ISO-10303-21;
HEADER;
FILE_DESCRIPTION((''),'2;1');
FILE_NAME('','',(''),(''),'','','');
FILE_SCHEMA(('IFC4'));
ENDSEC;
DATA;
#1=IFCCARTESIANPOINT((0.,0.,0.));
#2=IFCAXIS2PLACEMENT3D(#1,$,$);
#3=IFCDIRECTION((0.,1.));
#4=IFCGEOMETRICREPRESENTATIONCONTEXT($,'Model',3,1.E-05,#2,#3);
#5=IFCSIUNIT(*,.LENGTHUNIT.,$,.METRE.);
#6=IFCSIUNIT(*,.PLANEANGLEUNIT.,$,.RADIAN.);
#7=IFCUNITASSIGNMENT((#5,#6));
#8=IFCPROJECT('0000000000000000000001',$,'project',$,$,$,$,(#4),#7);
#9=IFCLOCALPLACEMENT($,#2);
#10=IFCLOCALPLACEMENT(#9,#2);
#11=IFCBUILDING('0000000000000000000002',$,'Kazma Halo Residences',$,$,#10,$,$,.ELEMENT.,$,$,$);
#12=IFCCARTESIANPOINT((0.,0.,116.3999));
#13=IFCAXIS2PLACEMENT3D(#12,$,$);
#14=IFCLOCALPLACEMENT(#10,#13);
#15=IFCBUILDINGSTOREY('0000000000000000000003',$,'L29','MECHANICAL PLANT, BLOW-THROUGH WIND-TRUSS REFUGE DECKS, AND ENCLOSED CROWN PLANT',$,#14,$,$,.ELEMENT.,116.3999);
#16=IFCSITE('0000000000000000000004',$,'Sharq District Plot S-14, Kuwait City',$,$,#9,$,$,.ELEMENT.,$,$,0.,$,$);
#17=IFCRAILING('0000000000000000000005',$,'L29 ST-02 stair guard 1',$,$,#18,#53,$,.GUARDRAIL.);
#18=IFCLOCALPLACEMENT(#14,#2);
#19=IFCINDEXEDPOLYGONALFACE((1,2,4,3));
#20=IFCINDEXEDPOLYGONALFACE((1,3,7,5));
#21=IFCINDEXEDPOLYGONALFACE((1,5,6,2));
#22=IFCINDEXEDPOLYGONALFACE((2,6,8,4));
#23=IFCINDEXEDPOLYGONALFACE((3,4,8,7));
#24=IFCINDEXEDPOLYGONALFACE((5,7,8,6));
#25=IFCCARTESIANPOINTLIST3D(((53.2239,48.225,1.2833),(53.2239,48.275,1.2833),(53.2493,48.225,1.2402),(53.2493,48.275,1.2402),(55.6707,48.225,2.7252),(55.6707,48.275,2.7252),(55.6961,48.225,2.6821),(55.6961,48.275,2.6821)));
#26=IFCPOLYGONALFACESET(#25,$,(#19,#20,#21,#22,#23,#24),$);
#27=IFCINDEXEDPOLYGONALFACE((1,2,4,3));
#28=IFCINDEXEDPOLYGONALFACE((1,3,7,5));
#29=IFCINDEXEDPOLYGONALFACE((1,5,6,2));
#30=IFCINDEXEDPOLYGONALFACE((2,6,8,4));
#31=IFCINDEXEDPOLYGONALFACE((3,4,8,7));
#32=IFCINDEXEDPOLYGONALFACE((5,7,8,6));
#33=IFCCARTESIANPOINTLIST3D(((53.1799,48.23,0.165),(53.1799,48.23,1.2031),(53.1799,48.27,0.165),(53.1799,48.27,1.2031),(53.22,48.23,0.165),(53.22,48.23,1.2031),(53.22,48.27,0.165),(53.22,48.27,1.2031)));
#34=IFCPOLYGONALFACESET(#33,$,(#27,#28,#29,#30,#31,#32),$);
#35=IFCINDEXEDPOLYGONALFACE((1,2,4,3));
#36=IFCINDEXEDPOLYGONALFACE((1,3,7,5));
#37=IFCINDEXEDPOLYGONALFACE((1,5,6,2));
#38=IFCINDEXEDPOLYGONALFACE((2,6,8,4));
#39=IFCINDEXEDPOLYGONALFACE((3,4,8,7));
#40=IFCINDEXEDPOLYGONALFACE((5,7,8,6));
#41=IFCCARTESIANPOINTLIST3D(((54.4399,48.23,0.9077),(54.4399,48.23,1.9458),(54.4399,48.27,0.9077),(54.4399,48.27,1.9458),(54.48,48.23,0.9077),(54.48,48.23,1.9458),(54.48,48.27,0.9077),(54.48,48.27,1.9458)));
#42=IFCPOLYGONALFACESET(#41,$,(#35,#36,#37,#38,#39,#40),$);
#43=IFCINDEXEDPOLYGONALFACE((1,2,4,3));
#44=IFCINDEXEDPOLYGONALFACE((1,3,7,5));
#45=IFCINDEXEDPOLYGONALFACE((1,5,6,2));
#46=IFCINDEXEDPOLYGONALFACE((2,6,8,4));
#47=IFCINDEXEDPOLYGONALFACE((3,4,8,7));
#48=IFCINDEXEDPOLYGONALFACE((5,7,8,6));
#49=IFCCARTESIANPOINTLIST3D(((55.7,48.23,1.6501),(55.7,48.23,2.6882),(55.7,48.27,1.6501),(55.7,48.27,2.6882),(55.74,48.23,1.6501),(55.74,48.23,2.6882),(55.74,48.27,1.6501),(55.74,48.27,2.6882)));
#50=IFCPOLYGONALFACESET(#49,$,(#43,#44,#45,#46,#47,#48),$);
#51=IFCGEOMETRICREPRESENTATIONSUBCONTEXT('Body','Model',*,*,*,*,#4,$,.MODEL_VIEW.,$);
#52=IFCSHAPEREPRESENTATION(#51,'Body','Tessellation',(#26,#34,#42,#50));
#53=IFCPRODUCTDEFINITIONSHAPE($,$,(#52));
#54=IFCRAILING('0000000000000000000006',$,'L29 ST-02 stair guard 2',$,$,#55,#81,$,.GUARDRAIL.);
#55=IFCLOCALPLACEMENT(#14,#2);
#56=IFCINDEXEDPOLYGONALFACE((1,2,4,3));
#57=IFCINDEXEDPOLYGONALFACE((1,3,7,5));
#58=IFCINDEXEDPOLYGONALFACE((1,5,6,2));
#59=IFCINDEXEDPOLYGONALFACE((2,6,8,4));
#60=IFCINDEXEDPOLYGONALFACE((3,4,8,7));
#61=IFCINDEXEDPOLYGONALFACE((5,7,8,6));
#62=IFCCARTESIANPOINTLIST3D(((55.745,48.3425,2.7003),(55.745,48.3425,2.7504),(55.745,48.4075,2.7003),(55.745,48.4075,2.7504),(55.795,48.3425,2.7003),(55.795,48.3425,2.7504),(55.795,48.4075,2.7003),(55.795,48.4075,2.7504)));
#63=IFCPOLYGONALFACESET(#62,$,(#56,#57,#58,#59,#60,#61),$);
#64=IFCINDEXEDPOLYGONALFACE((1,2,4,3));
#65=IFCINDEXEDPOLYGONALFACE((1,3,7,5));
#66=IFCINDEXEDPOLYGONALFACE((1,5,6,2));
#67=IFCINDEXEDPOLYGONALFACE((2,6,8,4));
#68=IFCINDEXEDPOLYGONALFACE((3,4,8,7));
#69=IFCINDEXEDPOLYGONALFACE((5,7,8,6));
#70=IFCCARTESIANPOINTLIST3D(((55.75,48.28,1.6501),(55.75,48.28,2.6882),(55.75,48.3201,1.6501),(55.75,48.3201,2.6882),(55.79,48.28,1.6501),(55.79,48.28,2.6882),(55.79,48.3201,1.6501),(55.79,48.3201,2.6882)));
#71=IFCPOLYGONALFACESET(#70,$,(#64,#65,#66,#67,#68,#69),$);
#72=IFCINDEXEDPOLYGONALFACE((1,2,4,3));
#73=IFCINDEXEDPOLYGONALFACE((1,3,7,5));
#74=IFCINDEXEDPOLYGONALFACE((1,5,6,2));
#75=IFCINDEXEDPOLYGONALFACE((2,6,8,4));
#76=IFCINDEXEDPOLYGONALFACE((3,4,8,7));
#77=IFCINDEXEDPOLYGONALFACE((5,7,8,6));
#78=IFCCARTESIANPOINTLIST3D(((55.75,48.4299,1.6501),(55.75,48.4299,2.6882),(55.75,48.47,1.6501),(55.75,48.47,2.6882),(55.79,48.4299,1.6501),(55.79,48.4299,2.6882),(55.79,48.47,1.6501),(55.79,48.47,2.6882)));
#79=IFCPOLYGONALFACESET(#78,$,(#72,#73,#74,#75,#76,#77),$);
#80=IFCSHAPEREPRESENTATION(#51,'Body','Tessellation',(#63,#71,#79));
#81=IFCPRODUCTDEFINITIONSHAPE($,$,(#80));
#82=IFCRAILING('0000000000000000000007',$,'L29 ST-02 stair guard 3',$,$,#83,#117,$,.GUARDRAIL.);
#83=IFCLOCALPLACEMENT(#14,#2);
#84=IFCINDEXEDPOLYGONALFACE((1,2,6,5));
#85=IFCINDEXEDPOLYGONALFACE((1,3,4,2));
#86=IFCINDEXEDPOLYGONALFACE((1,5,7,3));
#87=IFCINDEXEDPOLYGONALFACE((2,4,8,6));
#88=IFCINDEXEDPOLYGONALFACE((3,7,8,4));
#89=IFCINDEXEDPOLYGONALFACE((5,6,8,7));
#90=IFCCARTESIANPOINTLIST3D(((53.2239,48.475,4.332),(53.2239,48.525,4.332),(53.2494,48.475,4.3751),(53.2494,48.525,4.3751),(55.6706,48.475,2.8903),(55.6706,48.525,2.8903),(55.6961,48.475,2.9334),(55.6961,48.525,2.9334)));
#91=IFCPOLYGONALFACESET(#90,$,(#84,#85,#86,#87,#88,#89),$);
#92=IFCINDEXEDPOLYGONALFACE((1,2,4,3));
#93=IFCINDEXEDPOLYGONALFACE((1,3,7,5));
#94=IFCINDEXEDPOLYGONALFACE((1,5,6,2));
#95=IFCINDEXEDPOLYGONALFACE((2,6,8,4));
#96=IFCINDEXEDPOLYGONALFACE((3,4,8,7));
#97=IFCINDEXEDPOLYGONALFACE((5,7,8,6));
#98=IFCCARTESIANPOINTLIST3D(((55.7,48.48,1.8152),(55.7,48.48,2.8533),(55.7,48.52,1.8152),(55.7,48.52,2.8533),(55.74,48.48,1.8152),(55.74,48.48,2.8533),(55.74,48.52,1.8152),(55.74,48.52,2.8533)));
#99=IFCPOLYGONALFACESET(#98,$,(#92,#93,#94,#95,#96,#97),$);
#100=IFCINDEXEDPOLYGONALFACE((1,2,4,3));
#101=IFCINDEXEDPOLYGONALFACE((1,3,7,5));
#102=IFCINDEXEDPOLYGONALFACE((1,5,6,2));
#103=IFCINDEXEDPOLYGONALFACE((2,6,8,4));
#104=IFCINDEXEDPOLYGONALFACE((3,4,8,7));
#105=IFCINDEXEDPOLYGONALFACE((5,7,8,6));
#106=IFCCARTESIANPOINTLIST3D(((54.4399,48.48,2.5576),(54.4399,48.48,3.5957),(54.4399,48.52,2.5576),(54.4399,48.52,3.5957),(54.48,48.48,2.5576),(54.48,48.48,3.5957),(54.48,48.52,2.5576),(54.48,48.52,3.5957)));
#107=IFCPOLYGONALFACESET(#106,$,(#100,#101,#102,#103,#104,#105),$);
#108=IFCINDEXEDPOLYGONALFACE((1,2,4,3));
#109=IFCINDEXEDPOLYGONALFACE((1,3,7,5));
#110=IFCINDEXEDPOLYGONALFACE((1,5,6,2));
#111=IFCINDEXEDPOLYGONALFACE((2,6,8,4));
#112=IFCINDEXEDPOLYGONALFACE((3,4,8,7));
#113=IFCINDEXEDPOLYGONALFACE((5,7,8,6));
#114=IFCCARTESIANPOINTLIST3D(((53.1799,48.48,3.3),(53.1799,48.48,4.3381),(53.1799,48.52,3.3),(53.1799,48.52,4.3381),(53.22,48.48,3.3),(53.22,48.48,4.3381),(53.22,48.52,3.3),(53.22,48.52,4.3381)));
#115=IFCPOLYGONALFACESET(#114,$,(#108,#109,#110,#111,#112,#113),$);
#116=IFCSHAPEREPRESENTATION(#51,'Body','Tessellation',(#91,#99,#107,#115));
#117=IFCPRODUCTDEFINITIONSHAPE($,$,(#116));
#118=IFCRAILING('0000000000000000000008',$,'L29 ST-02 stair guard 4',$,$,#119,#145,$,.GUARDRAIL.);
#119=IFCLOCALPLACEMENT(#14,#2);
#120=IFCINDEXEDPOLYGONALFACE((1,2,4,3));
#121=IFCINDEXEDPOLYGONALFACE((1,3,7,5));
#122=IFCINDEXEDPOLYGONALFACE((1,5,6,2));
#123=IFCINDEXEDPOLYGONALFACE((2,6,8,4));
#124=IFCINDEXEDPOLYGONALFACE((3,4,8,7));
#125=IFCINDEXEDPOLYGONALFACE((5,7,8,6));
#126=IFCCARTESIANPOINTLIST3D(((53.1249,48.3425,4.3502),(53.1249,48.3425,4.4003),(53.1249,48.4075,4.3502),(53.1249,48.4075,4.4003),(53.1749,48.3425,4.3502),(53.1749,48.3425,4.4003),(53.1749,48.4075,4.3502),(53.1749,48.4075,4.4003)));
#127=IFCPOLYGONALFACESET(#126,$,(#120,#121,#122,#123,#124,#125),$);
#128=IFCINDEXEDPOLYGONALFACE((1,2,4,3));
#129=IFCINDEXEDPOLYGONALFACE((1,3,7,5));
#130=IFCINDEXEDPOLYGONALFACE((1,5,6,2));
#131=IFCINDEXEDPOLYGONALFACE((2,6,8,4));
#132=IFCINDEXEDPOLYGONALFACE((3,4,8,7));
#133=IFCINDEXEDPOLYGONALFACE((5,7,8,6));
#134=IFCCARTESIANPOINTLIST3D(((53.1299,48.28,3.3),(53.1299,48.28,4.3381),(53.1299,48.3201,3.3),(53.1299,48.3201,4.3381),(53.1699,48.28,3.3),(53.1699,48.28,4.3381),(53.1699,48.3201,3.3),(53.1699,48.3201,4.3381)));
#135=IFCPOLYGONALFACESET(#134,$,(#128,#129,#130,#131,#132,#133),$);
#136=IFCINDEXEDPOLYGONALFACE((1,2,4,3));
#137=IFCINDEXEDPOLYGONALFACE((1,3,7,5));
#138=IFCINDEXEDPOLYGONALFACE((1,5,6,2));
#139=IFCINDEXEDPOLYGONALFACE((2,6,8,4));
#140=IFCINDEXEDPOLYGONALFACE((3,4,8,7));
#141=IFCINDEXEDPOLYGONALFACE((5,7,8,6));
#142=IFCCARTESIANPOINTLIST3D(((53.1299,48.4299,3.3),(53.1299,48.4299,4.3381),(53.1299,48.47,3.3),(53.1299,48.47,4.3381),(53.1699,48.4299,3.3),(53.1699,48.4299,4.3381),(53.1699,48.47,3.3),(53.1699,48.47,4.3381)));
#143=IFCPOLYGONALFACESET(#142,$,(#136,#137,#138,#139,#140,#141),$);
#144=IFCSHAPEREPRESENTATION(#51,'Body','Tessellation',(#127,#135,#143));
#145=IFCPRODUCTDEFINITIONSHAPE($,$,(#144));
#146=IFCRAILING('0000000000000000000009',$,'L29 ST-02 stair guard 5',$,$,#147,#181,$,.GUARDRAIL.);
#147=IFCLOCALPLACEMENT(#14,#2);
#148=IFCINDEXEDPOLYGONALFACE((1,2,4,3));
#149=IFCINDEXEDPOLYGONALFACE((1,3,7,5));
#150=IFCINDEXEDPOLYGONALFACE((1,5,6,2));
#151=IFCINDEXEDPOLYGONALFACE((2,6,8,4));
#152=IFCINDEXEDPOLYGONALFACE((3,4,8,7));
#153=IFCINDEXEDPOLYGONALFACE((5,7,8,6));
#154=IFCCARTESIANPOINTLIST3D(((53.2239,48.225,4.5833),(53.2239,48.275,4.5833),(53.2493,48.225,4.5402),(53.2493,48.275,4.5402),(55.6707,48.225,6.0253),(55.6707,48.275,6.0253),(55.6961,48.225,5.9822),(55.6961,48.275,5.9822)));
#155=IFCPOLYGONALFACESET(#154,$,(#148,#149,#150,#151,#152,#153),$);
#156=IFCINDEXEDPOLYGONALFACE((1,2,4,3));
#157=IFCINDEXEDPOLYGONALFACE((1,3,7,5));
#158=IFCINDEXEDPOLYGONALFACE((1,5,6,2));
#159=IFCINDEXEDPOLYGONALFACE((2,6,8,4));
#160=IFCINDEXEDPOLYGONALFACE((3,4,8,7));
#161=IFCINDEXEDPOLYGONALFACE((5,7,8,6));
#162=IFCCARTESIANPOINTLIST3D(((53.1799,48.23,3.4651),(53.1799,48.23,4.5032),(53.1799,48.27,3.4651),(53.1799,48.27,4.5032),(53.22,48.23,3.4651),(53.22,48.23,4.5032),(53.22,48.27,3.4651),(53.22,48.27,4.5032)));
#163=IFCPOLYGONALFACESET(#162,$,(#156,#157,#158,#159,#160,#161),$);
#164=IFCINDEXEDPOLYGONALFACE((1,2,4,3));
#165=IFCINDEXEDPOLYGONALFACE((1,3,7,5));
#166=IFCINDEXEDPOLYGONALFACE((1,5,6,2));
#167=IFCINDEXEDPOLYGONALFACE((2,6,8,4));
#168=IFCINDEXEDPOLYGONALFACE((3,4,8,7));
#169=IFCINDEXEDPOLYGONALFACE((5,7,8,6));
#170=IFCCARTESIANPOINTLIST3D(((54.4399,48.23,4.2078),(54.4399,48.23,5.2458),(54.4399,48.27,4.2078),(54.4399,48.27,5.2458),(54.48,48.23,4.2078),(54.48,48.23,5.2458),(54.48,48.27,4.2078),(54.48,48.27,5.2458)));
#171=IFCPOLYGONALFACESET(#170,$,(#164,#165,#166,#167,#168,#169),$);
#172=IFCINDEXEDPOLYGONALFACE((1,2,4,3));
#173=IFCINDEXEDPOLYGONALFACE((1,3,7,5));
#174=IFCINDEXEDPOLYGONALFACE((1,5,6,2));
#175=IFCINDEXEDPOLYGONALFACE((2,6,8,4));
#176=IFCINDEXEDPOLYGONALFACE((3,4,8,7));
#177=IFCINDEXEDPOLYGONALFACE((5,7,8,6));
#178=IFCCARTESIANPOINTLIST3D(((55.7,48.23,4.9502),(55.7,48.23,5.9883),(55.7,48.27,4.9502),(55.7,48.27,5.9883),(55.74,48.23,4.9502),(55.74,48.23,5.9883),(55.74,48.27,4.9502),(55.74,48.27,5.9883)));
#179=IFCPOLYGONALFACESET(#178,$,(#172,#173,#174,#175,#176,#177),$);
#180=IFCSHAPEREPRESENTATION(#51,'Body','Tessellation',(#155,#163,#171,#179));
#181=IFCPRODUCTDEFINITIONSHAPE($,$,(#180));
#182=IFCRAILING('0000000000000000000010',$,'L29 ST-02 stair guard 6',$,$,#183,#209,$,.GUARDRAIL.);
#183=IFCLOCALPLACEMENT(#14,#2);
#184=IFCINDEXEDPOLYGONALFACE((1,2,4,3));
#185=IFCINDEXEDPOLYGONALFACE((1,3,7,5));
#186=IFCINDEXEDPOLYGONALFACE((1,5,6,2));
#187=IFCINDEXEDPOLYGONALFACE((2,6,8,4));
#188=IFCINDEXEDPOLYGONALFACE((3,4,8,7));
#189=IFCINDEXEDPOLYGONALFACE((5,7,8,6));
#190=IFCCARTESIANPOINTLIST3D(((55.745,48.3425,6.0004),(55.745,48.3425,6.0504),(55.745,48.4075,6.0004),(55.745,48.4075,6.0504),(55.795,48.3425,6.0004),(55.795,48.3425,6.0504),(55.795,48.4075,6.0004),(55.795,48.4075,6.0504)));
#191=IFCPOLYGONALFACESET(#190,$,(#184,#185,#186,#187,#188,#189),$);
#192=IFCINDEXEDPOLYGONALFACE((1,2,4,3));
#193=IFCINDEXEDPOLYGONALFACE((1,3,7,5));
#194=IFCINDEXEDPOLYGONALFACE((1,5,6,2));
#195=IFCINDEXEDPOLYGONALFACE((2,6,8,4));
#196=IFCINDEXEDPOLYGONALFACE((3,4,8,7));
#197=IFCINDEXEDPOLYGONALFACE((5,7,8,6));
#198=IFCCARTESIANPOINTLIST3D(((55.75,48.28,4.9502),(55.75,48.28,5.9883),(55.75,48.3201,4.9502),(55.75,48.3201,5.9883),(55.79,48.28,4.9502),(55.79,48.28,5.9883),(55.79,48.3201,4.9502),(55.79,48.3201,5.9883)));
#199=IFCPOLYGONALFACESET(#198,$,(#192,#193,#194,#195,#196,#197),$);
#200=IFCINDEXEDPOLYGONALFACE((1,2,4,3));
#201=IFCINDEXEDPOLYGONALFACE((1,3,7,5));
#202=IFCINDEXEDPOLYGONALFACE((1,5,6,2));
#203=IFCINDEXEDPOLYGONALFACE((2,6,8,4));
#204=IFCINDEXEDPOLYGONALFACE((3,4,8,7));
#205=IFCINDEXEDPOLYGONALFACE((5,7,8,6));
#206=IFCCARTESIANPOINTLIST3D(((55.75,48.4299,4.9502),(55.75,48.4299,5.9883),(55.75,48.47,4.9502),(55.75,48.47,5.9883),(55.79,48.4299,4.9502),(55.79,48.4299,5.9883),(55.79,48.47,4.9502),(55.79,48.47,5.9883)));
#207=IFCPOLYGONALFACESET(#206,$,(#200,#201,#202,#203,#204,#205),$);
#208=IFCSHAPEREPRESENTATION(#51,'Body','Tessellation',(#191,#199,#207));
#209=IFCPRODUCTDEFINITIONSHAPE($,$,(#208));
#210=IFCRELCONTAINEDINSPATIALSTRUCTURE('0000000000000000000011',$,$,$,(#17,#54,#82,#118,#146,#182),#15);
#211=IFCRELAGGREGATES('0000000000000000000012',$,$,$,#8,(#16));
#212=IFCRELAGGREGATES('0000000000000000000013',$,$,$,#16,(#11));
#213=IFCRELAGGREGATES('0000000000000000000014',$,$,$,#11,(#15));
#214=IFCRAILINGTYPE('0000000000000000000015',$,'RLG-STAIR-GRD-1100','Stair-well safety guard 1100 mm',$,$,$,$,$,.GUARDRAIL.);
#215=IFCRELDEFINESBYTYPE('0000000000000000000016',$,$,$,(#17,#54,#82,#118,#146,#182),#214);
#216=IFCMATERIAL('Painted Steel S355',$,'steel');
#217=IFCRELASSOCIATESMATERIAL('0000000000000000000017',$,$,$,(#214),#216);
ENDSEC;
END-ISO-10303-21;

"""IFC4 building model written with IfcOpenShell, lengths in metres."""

from ifc_helpers import new_model, si_unit, direction, frame, origin, origin_2d, place, context, subcontext, project, spatial, rectangle, extrude, material, type_object, element, save


model = new_model("IFC4")

# Units and contexts
model_context = context("Model", 3, precision=1e-05, world=origin(), true_north=direction((0.0, 1.0)))
body_context = subcontext(model_context, "Body", "Model", "MODEL_VIEW")
ifc_project = project(units=[si_unit("LENGTHUNIT", "METRE"), si_unit("PLANEANGLEUNIT", "RADIAN")], contexts=[model_context])

# Site, building, storey
site_placement = place(None, origin())
site = spatial("IfcSite", under=ifc_project, at=site_placement, Name="Sharq District Plot S-14, Kuwait City", CompositionType="ELEMENT", RefElevation=0.0)
building_placement = place(site_placement, origin())
building = spatial("IfcBuilding", under=site, at=building_placement, Name="Kazma Halo Residences", CompositionType="ELEMENT")
storey_placement = place(building_placement, frame((0.0, 0.0, 116.3999)))
storey = spatial("IfcBuildingStorey", under=building, at=storey_placement, Name="L29", Description="MECHANICAL PLANT, BLOW-THROUGH WIND-TRUSS REFUGE DECKS, AND ENCLOSED CROWN PLANT", CompositionType="ELEMENT", Elevation=116.3999)

# Railings
ifc_material_1 = material(Name="Painted Steel S355", Category="steel")
railing_type_1 = type_object("IfcRailingType", Name="RLG-STAIR-GRD-1100", Description="Stair-well safety guard 1100 mm", PredefinedType="GUARDRAIL", material=ifc_material_1)
railing_1_placement = place(storey_placement, frame((53.2, 48.25, 0.165)))
element("IfcRailing", 1, at=railing_1_placement, inside=storey, type_object=railing_type_1, Name="L29 ST-02 stair guard 1", PredefinedType="GUARDRAIL", context=body_context, shape_type="SweptSolid", body=[
    extrude(rectangle(XDim=0.05, YDim=0.05, at=origin_2d()), frame((0.0366, 0.0, 1.0967), z_axis=(0.861524, 0.0, 0.507717), x_axis=(0.0, 1.0, 0.0)), (0.0, 0.0, 1.0), 2.8401),
    extrude(rectangle(XDim=0.04, YDim=0.04, at=origin_2d()), origin(), (0.0, 0.0, 1.0), 1.0381),
    extrude(rectangle(XDim=0.04, YDim=0.04, at=origin_2d()), frame((1.26, 0.0, 0.7427)), (0.0, 0.0, 1.0), 1.0381),
    extrude(rectangle(XDim=0.04, YDim=0.04, at=origin_2d()), frame((2.52, 0.0, 1.4851)), (0.0, 0.0, 1.0), 1.0381),
])
railing_2_placement = place(storey_placement, frame((55.77, 48.3, 1.6501)))
element("IfcRailing", 2, at=railing_2_placement, inside=storey, type_object=railing_type_1, Name="L29 ST-02 stair guard 2", PredefinedType="GUARDRAIL", context=body_context, shape_type="SweptSolid", body=[
    extrude(rectangle(XDim=0.05, YDim=0.05, at=origin_2d()), frame((0.0, 0.0425, 1.0752), z_axis=(0.0, 1.0, 0.0), x_axis=(-1.0, 0.0, 0.0)), (0.0, 0.0, 1.0), 0.0649),
    extrude(rectangle(XDim=0.04, YDim=0.04, at=origin_2d()), origin(), (0.0, 0.0, 1.0), 1.0381),
    extrude(rectangle(XDim=0.04, YDim=0.04, at=origin_2d()), frame((0.0, 0.1499, 0.0)), (0.0, 0.0, 1.0), 1.0381),
])
railing_3_placement = place(storey_placement, frame((55.72, 48.5, 1.8152)))
element("IfcRailing", 3, at=railing_3_placement, inside=storey, type_object=railing_type_1, Name="L29 ST-02 stair guard 3", PredefinedType="GUARDRAIL", context=body_context, shape_type="SweptSolid", body=[
    extrude(rectangle(XDim=0.05, YDim=0.05, at=origin_2d()), frame((-0.0366, 0.0, 1.0967), z_axis=(-0.861561, 0.0, 0.507655), x_axis=(0.0, -1.0, 0.0)), (0.0, 0.0, 1.0), 2.8398),
    extrude(rectangle(XDim=0.04, YDim=0.04, at=origin_2d()), origin(), (0.0, 0.0, 1.0), 1.0381),
    extrude(rectangle(XDim=0.04, YDim=0.04, at=origin_2d()), frame((-1.26, 0.0, 0.7424)), (0.0, 0.0, 1.0), 1.0381),
    extrude(rectangle(XDim=0.04, YDim=0.04, at=origin_2d()), frame((-2.52, 0.0, 1.4849)), (0.0, 0.0, 1.0), 1.0381),
])
railing_4_placement = place(storey_placement, frame((53.1499, 48.3, 3.3)))
element("IfcRailing", 4, at=railing_4_placement, inside=storey, type_object=railing_type_1, Name="L29 ST-02 stair guard 4", PredefinedType="GUARDRAIL", context=body_context, shape_type="SweptSolid", body=[
    extrude(rectangle(XDim=0.05, YDim=0.05, at=origin_2d()), frame((0.0, 0.0425, 1.0752), z_axis=(0.0, 1.0, 0.0), x_axis=(-1.0, 0.0, 0.0)), (0.0, 0.0, 1.0), 0.0649),
    extrude(rectangle(XDim=0.04, YDim=0.04, at=origin_2d()), origin(), (0.0, 0.0, 1.0), 1.0381),
    extrude(rectangle(XDim=0.04, YDim=0.04, at=origin_2d()), frame((0.0, 0.1499, 0.0)), (0.0, 0.0, 1.0), 1.0381),
])
railing_5_placement = place(storey_placement, frame((53.2, 48.25, 3.4651)))
element("IfcRailing", 5, at=railing_5_placement, inside=storey, type_object=railing_type_1, Name="L29 ST-02 stair guard 5", PredefinedType="GUARDRAIL", context=body_context, shape_type="SweptSolid", body=[
    extrude(rectangle(XDim=0.05, YDim=0.05, at=origin_2d()), frame((0.0366, 0.0, 1.0967), z_axis=(0.861524, 0.0, 0.507717), x_axis=(0.0, 1.0, 0.0)), (0.0, 0.0, 1.0), 2.8401),
    extrude(rectangle(XDim=0.04, YDim=0.04, at=origin_2d()), origin(), (0.0, 0.0, 1.0), 1.0381),
    extrude(rectangle(XDim=0.04, YDim=0.04, at=origin_2d()), frame((1.26, 0.0, 0.7427)), (0.0, 0.0, 1.0), 1.0381),
    extrude(rectangle(XDim=0.04, YDim=0.04, at=origin_2d()), frame((2.52, 0.0, 1.4851)), (0.0, 0.0, 1.0), 1.0381),
])
railing_6_placement = place(storey_placement, frame((55.77, 48.3, 4.9502)))
element("IfcRailing", 6, at=railing_6_placement, inside=storey, type_object=railing_type_1, Name="L29 ST-02 stair guard 6", PredefinedType="GUARDRAIL", context=body_context, shape_type="SweptSolid", body=[
    extrude(rectangle(XDim=0.05, YDim=0.05, at=origin_2d()), frame((0.0, 0.0425, 1.0752), z_axis=(0.0, 1.0, 0.0), x_axis=(-1.0, 0.0, 0.0)), (0.0, 0.0, 1.0), 0.0649),
    extrude(rectangle(XDim=0.04, YDim=0.04, at=origin_2d()), origin(), (0.0, 0.0, 1.0), 1.0381),
    extrude(rectangle(XDim=0.04, YDim=0.04, at=origin_2d()), frame((0.0, 0.1499, 0.0)), (0.0, 0.0, 1.0), 1.0381),
])

save(model, "model.ifc")
